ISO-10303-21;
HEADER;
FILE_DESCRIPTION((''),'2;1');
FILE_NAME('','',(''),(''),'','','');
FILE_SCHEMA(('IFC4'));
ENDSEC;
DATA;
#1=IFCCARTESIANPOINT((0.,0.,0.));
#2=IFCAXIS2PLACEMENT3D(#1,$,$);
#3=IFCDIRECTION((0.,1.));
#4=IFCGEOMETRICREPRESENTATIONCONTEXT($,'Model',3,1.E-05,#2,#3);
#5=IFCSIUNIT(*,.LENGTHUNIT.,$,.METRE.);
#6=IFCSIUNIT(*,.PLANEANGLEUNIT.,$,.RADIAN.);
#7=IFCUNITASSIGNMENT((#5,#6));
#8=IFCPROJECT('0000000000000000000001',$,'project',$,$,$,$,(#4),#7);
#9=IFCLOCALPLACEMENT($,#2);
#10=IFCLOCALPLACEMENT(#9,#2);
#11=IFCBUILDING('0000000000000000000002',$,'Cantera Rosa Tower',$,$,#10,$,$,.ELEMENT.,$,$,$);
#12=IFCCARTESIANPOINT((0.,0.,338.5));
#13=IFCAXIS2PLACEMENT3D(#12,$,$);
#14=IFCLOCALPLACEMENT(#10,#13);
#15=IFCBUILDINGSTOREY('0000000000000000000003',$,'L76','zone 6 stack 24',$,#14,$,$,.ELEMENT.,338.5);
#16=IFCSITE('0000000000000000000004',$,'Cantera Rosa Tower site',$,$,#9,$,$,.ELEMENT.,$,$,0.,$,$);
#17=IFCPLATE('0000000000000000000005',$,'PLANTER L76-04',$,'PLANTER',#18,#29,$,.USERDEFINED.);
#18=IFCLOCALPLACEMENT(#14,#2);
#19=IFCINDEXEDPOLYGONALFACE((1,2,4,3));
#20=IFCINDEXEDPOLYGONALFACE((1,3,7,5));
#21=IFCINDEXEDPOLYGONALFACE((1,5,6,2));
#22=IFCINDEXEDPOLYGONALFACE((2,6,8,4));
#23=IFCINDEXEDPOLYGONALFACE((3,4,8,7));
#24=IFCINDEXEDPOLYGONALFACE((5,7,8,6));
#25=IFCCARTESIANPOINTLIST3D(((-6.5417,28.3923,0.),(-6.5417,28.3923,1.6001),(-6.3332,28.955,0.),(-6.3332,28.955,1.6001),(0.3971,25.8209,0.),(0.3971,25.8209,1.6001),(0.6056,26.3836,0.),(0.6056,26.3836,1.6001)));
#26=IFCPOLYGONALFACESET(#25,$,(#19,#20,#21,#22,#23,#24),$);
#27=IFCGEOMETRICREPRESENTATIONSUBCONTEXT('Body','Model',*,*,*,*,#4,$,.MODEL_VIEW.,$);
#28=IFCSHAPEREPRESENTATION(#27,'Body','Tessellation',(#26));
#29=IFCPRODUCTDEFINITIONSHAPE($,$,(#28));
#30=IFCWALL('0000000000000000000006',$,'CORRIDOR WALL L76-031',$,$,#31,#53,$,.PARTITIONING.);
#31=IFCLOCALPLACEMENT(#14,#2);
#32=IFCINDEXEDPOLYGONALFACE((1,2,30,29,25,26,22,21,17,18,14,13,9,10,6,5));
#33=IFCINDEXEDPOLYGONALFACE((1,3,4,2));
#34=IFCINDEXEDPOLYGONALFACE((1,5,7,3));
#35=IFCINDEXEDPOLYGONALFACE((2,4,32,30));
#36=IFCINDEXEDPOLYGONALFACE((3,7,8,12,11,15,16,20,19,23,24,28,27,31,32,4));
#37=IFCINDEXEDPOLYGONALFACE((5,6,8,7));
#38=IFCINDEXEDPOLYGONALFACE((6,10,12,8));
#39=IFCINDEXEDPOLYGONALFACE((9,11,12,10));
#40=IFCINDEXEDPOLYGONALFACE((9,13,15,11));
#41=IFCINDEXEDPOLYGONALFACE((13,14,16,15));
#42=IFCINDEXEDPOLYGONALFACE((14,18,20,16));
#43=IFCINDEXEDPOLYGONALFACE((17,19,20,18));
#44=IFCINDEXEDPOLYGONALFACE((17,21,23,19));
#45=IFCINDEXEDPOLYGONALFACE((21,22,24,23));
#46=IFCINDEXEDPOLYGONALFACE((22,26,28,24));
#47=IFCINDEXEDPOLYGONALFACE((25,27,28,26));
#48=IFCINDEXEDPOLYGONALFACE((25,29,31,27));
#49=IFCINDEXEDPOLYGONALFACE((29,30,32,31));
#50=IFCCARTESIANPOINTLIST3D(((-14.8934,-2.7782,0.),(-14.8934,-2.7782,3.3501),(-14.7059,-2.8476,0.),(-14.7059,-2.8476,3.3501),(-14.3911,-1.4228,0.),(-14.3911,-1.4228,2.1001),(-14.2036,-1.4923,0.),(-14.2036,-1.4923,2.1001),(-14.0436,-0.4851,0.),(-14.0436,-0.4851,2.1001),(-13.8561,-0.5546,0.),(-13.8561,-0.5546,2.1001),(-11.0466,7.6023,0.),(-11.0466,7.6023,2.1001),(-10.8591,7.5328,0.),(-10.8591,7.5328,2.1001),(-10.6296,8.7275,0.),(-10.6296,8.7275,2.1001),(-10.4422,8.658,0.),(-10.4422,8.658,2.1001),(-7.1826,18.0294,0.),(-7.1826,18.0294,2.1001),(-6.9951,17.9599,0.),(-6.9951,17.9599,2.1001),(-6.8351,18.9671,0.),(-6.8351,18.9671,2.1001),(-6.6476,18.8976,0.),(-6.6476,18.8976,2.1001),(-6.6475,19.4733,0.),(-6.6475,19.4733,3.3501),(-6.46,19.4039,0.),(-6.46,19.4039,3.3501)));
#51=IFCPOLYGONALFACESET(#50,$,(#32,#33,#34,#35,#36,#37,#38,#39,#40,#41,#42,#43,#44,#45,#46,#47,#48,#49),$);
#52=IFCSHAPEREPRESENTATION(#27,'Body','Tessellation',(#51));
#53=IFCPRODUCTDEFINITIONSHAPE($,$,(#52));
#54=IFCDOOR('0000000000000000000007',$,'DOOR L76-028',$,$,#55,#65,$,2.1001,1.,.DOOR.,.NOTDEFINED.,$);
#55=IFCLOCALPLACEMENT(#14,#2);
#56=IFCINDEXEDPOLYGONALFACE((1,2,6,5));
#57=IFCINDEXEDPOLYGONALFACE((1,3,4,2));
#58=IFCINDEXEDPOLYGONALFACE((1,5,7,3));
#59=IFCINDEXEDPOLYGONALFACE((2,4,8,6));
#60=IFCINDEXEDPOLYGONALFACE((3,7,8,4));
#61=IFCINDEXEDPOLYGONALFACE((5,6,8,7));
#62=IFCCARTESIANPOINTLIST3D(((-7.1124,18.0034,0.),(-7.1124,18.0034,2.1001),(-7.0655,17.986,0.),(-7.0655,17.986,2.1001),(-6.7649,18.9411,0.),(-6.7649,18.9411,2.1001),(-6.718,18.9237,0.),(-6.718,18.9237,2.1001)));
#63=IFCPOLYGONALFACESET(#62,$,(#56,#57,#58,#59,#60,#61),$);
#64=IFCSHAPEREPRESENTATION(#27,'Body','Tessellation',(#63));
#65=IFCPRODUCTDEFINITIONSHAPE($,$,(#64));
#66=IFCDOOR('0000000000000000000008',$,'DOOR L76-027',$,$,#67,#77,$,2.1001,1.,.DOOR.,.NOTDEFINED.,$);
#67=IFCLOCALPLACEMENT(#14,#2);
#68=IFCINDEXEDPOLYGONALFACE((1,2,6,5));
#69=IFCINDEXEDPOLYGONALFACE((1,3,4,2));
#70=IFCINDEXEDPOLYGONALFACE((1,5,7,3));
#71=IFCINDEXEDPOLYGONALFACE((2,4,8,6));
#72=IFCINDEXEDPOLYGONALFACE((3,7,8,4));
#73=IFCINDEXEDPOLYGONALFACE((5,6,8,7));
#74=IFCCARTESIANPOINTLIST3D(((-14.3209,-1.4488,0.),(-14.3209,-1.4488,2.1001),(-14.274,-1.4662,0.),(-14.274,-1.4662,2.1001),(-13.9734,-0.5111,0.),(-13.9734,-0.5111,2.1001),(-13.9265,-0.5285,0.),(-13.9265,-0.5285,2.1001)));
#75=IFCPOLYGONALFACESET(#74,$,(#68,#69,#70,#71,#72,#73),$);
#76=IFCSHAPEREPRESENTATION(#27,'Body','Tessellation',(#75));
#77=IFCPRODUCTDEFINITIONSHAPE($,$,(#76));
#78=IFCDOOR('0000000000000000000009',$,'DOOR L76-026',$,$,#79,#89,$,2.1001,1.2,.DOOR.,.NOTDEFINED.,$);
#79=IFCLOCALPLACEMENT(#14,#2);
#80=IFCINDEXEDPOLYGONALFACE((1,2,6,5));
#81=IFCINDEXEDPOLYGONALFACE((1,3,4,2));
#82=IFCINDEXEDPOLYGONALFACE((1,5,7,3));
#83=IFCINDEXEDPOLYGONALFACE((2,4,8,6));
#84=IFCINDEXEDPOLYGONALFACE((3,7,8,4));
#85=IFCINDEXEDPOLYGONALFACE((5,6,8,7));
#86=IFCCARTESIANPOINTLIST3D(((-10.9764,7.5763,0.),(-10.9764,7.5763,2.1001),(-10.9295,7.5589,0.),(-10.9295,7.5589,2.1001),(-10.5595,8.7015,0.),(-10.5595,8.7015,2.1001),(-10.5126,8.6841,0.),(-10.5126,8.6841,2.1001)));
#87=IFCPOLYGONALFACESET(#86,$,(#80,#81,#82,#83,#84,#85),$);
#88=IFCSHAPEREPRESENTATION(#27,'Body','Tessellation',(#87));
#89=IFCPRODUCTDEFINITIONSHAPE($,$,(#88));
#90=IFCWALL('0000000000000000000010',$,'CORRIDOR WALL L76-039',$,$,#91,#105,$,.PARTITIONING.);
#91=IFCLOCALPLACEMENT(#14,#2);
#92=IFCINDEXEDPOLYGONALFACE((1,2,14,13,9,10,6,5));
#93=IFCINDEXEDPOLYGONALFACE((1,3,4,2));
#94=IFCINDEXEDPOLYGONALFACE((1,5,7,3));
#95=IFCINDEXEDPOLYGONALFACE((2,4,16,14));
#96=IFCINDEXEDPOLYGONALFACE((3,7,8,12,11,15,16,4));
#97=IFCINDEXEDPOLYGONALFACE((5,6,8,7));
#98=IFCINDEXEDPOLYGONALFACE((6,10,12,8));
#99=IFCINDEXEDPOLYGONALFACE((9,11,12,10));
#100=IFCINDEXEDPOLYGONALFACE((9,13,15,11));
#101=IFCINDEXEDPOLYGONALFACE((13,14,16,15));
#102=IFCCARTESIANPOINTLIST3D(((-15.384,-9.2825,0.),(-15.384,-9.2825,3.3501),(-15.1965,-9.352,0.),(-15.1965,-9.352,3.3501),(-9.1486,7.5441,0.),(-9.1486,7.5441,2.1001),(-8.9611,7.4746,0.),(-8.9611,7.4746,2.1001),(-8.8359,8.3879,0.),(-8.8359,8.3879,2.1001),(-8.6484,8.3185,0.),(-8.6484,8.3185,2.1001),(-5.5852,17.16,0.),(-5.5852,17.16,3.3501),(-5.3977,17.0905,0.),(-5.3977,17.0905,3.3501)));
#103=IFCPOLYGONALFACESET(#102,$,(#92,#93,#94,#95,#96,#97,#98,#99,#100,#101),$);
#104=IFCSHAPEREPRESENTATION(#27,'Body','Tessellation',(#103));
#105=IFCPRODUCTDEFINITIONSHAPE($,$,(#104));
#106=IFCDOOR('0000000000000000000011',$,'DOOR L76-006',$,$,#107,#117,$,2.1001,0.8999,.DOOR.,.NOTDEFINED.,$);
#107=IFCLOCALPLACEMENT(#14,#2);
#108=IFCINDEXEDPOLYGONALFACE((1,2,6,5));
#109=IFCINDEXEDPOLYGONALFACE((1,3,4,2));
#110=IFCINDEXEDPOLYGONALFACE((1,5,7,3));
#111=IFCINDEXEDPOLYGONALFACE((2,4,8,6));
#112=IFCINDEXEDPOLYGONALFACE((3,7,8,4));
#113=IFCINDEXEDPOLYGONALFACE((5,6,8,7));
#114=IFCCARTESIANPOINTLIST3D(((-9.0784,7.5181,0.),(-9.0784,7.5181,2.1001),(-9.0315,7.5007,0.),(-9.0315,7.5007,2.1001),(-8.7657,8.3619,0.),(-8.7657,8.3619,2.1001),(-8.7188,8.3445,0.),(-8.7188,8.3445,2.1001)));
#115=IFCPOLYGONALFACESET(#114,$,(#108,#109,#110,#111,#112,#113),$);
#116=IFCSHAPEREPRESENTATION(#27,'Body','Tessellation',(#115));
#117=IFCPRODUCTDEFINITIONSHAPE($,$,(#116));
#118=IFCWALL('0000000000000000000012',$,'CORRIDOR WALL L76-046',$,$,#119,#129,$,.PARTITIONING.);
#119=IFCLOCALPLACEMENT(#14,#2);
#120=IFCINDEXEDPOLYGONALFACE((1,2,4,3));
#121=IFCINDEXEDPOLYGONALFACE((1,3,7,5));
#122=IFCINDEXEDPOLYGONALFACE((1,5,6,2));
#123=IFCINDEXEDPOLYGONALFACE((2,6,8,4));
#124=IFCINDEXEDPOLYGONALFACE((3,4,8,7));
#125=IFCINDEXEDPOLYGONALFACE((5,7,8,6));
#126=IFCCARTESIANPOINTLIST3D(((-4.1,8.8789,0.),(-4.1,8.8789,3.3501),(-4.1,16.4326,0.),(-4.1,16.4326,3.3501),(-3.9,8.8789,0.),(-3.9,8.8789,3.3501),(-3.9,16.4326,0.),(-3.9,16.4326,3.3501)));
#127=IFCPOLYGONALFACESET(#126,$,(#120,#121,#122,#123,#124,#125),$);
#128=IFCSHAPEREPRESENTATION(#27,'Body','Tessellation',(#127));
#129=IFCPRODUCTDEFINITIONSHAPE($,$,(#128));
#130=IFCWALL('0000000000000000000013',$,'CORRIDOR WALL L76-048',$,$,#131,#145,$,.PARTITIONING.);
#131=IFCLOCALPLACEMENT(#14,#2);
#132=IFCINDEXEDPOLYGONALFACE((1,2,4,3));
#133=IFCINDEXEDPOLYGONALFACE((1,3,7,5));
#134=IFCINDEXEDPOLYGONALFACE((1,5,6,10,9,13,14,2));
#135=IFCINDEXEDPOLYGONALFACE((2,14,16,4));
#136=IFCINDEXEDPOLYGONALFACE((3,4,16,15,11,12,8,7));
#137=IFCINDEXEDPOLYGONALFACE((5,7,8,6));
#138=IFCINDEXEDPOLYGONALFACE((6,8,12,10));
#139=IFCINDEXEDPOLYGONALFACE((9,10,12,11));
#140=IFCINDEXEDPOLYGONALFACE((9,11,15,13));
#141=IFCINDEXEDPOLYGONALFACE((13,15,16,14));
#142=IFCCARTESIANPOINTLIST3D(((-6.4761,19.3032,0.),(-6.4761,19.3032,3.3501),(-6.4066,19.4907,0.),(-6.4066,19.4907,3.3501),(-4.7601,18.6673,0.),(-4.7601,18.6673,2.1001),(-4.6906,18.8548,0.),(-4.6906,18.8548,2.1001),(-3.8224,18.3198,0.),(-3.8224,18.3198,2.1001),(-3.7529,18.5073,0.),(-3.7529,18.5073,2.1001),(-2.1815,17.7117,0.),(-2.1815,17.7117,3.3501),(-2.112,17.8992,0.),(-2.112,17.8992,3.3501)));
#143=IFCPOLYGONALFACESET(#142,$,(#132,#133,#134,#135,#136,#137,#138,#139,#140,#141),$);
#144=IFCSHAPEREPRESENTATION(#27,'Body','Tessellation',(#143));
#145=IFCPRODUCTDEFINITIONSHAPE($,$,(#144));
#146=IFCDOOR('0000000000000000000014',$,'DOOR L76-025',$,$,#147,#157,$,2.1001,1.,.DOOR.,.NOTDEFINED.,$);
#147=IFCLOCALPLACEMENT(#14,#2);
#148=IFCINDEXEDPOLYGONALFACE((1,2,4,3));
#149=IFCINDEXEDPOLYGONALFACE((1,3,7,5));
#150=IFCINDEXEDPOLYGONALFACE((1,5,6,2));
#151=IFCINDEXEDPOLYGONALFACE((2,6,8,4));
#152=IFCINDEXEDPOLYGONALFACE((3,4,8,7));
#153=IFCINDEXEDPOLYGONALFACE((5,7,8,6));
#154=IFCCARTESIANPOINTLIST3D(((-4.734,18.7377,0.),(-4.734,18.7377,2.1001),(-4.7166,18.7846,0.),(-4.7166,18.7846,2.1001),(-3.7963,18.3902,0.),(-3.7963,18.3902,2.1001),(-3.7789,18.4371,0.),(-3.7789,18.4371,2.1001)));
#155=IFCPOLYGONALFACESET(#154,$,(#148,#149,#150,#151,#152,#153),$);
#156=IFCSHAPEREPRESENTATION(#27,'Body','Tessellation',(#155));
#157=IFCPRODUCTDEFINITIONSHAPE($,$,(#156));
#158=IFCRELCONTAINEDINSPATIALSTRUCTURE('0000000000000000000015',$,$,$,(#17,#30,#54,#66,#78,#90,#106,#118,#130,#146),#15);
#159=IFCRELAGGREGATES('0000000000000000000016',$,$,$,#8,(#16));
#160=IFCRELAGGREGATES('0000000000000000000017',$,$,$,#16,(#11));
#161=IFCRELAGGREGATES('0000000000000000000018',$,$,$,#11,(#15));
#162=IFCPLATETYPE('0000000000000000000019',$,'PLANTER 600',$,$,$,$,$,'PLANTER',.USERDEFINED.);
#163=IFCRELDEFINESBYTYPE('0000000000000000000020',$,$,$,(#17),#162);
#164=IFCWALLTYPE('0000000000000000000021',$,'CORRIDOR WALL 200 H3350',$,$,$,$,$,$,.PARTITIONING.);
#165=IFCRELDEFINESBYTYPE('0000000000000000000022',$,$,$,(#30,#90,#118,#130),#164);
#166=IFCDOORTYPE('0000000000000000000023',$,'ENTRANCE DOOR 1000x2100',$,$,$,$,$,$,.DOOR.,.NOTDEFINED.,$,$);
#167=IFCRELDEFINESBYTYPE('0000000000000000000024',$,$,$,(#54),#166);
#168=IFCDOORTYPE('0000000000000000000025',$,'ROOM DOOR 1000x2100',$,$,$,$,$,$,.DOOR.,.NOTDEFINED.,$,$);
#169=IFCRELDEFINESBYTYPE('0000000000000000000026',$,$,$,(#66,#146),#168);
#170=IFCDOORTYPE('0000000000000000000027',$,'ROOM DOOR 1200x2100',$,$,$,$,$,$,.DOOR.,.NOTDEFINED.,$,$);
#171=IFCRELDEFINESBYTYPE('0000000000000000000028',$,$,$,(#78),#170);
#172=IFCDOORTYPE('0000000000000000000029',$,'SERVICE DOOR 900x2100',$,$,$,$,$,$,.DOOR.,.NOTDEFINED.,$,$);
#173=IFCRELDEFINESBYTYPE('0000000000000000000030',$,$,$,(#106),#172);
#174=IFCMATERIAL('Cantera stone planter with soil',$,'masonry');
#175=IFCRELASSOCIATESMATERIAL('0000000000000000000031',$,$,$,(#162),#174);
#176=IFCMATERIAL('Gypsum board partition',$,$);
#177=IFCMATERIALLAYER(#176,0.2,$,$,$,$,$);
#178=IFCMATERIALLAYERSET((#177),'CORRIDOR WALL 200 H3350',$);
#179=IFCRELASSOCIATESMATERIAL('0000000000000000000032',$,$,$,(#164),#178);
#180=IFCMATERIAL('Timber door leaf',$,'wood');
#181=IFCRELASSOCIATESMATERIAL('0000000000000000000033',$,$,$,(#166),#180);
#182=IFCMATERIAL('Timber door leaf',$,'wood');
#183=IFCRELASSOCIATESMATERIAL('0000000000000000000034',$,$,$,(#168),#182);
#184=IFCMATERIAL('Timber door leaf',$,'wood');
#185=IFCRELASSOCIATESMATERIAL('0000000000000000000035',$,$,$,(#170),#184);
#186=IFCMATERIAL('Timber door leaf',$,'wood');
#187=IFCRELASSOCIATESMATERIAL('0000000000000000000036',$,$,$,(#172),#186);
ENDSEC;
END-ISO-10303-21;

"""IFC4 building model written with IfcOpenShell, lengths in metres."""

from ifc_helpers import new_model, si_unit, direction, frame, frame_2d, origin, origin_2d, place, context, subcontext, project, spatial, rectangle, extrude, material, layer, layer_set, type_object, element, fill, save


model = new_model("IFC4")

# Units and contexts
model_context = context("Model", 3, precision=1e-05, world=origin(), true_north=direction((0.0, 1.0)))
body_context = subcontext(model_context, "Body", "Model", "MODEL_VIEW")
ifc_project = project(units=[si_unit("LENGTHUNIT", "METRE"), si_unit("PLANEANGLEUNIT", "RADIAN")], contexts=[model_context])

# Site, building, storey
site_placement = place(None, origin())
site = spatial("IfcSite", under=ifc_project, at=site_placement, Name="Cantera Rosa Tower site", CompositionType="ELEMENT", RefElevation=0.0)
building_placement = place(site_placement, origin())
building = spatial("IfcBuilding", under=site, at=building_placement, Name="Cantera Rosa Tower", CompositionType="ELEMENT")
storey_placement = place(building_placement, frame((0.0, 0.0, 338.5)))
storey = spatial("IfcBuildingStorey", under=building, at=storey_placement, Name="L76", Description="zone 6 stack 24", CompositionType="ELEMENT", Elevation=338.5)

# Plate
ifc_material_1 = material(Name="Cantera stone planter with soil", Category="masonry")
plate_type = type_object("IfcPlateType", Name="PLANTER 600", ElementType="PLANTER", PredefinedType="USERDEFINED", material=ifc_material_1)
plate_placement = place(storey_placement, frame((-2.968, 27.3879, 0.0), z_axis=(0.0, 0.0, 1.0), x_axis=(-0.937687, 0.347481, 0.0)))
element("IfcPlate", 1, at=plate_placement, inside=storey, type_object=plate_type, Name="PLANTER L76-04", ObjectType="PLANTER", PredefinedType="USERDEFINED", context=body_context, shape_type="SweptSolid", body=[
    extrude(rectangle(XDim=7.3999, YDim=0.6001, at=origin_2d()), origin(), (0.0, 0.0, 1.0), 1.6001),
])

# Wall, openings, doors
ifc_material_2 = material(Name="Gypsum board partition")
ifc_layer_1 = layer(ifc_material_2, 0.2)
ifc_layer_set_1 = layer_set([ifc_layer_1], Name="CORRIDOR WALL 200 H3350")
wall_type_1 = type_object("IfcWallType", Name="CORRIDOR WALL 200 H3350", PredefinedType="PARTITIONING", material=ifc_layer_set_1)
wall_1_placement = place(storey_placement, frame((-6.5537, 19.4387, 0.0), z_axis=(0.0, 0.0, 1.0), x_axis=(-0.347484, -0.937686, 0.0)))
wall_1 = element("IfcWall", 2, at=wall_1_placement, inside=storey, type_object=wall_type_1, Name="CORRIDOR WALL L76-031", PredefinedType="PARTITIONING", context=body_context, shape_type="SweptSolid", body=[
    extrude(rectangle(XDim=23.7302, YDim=0.2, at=frame_2d((11.8652, 0.0))), origin(), (0.0, 0.0, 1.0), 3.3501),
])
opening_1_placement = place(wall_1_placement, frame((11.46, 0.0, 0.0)))
opening_1 = element("IfcOpeningElement", 3, at=opening_1_placement, cuts=wall_1, PredefinedType="OPENING", context=body_context, shape_type="SweptSolid", body=[
    extrude(rectangle(XDim=1.2, YDim=2.1001, at=frame_2d((0.6001, 1.05))), frame((0.0, 0.1099, 0.0), z_axis=(0.0, -1.0, 0.0), x_axis=(1.0, 0.0, 0.0)), (0.0, 0.0, 1.0), 0.22),
])
opening_2_placement = place(wall_1_placement, frame((21.2849, 0.0, 0.0)))
opening_2 = element("IfcOpeningElement", 4, at=opening_2_placement, cuts=wall_1, PredefinedType="OPENING", context=body_context, shape_type="SweptSolid", body=[
    extrude(rectangle(XDim=1.0, YDim=2.1001, at=frame_2d((0.5, 1.05))), frame((0.0, 0.1099, 0.0), z_axis=(0.0, -1.0, 0.0), x_axis=(1.0, 0.0, 0.0)), (0.0, 0.0, 1.0), 0.22),
])
opening_3_placement = place(wall_1_placement, frame((0.54, 0.0, 0.0)))
opening_3 = element("IfcOpeningElement", 5, at=opening_3_placement, cuts=wall_1, PredefinedType="OPENING", context=body_context, shape_type="SweptSolid", body=[
    extrude(rectangle(XDim=1.0, YDim=2.1001, at=frame_2d((0.5, 1.05))), frame((0.0, 0.1099, 0.0), z_axis=(0.0, -1.0, 0.0), x_axis=(1.0, 0.0, 0.0)), (0.0, 0.0, 1.0), 0.22),
])
ifc_material_3 = material(Name="Timber door leaf", Category="wood")
door_type_1 = type_object("IfcDoorType", Name="ENTRANCE DOOR 1000x2100", OperationType="NOTDEFINED", PredefinedType="DOOR", material=ifc_material_3)
door_1_placement = place(opening_3_placement, origin())
door_1 = element("IfcDoor", 6, at=door_1_placement, inside=storey, type_object=door_type_1, Name="DOOR L76-028", OperationType="NOTDEFINED", OverallHeight=2.1001, OverallWidth=1.0, PredefinedType="DOOR", context=body_context, shape_type="SweptSolid", body=[
    extrude(rectangle(XDim=1.0, YDim=2.1001, at=frame_2d((0.5, 1.05))), frame((0.0, 0.0249, 0.0), z_axis=(0.0, -1.0, 0.0), x_axis=(1.0, 0.0, 0.0)), (0.0, 0.0, 1.0), 0.05),
])
fill(opening_3, door_1)
ifc_material_4 = material(Name="Timber door leaf", Category="wood")
door_type_2 = type_object("IfcDoorType", Name="ROOM DOOR 1000x2100", OperationType="NOTDEFINED", PredefinedType="DOOR", material=ifc_material_4)
door_2_placement = place(opening_2_placement, origin())
door_2 = element("IfcDoor", 7, at=door_2_placement, inside=storey, type_object=door_type_2, Name="DOOR L76-027", OperationType="NOTDEFINED", OverallHeight=2.1001, OverallWidth=1.0, PredefinedType="DOOR", context=body_context, shape_type="SweptSolid", body=[
    extrude(rectangle(XDim=1.0, YDim=2.1001, at=frame_2d((0.5, 1.05))), frame((0.0, 0.0249, 0.0), z_axis=(0.0, -1.0, 0.0), x_axis=(1.0, 0.0, 0.0)), (0.0, 0.0, 1.0), 0.05),
])
fill(opening_2, door_2)
ifc_material_5 = material(Name="Timber door leaf", Category="wood")
door_type_3 = type_object("IfcDoorType", Name="ROOM DOOR 1200x2100", OperationType="NOTDEFINED", PredefinedType="DOOR", material=ifc_material_5)
door_3_placement = place(opening_1_placement, origin())
door_3 = element("IfcDoor", 8, at=door_3_placement, inside=storey, type_object=door_type_3, Name="DOOR L76-026", OperationType="NOTDEFINED", OverallHeight=2.1001, OverallWidth=1.2, PredefinedType="DOOR", context=body_context, shape_type="SweptSolid", body=[
    extrude(rectangle(XDim=1.2, YDim=2.1001, at=frame_2d((0.6001, 1.05))), frame((0.0, 0.0249, 0.0), z_axis=(0.0, -1.0, 0.0), x_axis=(1.0, 0.0, 0.0)), (0.0, 0.0, 1.0), 0.05),
])
fill(opening_1, door_3)

# Wall, opening, door
wall_2_placement = place(storey_placement, frame((-5.4915, 17.1252, 0.0), z_axis=(0.0, 0.0, 1.0), x_axis=(-0.347478, -0.937688, 0.0)))
wall_2 = element("IfcWall", 9, at=wall_2_placement, inside=storey, type_object=wall_type_1, Name="CORRIDOR WALL L76-039", PredefinedType="PARTITIONING", context=body_context, shape_type="SweptSolid", body=[
    extrude(rectangle(XDim=28.1997, YDim=0.2, at=frame_2d((14.0999, 0.0))), origin(), (0.0, 0.0, 1.0), 3.3501),
])
opening_4_placement = place(wall_2_placement, frame((9.355, 0.0, 0.0)))
opening_4 = element("IfcOpeningElement", 10, at=opening_4_placement, cuts=wall_2, PredefinedType="OPENING", context=body_context, shape_type="SweptSolid", body=[
    extrude(rectangle(XDim=0.8999, YDim=2.1001, at=frame_2d((0.45, 1.05))), frame((0.0, 0.1099, 0.0), z_axis=(0.0, -1.0, 0.0), x_axis=(1.0, 0.0, 0.0)), (0.0, 0.0, 1.0), 0.22),
])
ifc_material_6 = material(Name="Timber door leaf", Category="wood")
door_type_4 = type_object("IfcDoorType", Name="SERVICE DOOR 900x2100", OperationType="NOTDEFINED", PredefinedType="DOOR", material=ifc_material_6)
door_4_placement = place(opening_4_placement, origin())
door_4 = element("IfcDoor", 11, at=door_4_placement, inside=storey, type_object=door_type_4, Name="DOOR L76-006", OperationType="NOTDEFINED", OverallHeight=2.1001, OverallWidth=0.8999, PredefinedType="DOOR", context=body_context, shape_type="SweptSolid", body=[
    extrude(rectangle(XDim=0.8999, YDim=2.1001, at=frame_2d((0.45, 1.05))), frame((0.0, 0.0249, 0.0), z_axis=(0.0, -1.0, 0.0), x_axis=(1.0, 0.0, 0.0)), (0.0, 0.0, 1.0), 0.05),
])
fill(opening_4, door_4)

# Wall
wall_3_placement = place(storey_placement, frame((-4.0, 16.4326, 0.0), z_axis=(0.0, 0.0, 1.0), x_axis=(0.0, -1.0, 0.0)))
element("IfcWall", 12, at=wall_3_placement, inside=storey, type_object=wall_type_1, Name="CORRIDOR WALL L76-046", PredefinedType="PARTITIONING", context=body_context, shape_type="SweptSolid", body=[
    extrude(rectangle(XDim=7.5537, YDim=0.2, at=frame_2d((3.7769, 0.0))), origin(), (0.0, 0.0, 1.0), 3.3501),
])

# Wall, opening, door
wall_4_placement = place(storey_placement, frame((-2.1467, 17.8054, 0.0), z_axis=(0.0, 0.0, 1.0), x_axis=(-0.937683, 0.347493, 0.0)))
wall_4 = element("IfcWall", 13, at=wall_4_placement, inside=storey, type_object=wall_type_1, Name="CORRIDOR WALL L76-048", PredefinedType="PARTITIONING", context=body_context, shape_type="SweptSolid", body=[
    extrude(rectangle(XDim=4.5801, YDim=0.2, at=frame_2d((2.29, 0.0))), origin(), (0.0, 0.0, 1.0), 3.3501),
])
opening_5_placement = place(wall_4_placement, frame((1.75, 0.0, 0.0)))
opening_5 = element("IfcOpeningElement", 14, at=opening_5_placement, cuts=wall_4, PredefinedType="OPENING", context=body_context, shape_type="SweptSolid", body=[
    extrude(rectangle(XDim=1.0, YDim=2.1001, at=frame_2d((0.5, 1.05))), frame((0.0, 0.1099, 0.0), z_axis=(0.0, -1.0, 0.0), x_axis=(1.0, 0.0, 0.0)), (0.0, 0.0, 1.0), 0.22),
])
door_5_placement = place(opening_5_placement, origin())
door_5 = element("IfcDoor", 15, at=door_5_placement, inside=storey, type_object=door_type_2, Name="DOOR L76-025", OperationType="NOTDEFINED", OverallHeight=2.1001, OverallWidth=1.0, PredefinedType="DOOR", context=body_context, shape_type="SweptSolid", body=[
    extrude(rectangle(XDim=1.0, YDim=2.1001, at=frame_2d((0.5, 1.05))), frame((0.0, 0.0249, 0.0), z_axis=(0.0, -1.0, 0.0), x_axis=(1.0, 0.0, 0.0)), (0.0, 0.0, 1.0), 0.05),
])
fill(opening_5, door_5)

save(model, "model.ifc")
